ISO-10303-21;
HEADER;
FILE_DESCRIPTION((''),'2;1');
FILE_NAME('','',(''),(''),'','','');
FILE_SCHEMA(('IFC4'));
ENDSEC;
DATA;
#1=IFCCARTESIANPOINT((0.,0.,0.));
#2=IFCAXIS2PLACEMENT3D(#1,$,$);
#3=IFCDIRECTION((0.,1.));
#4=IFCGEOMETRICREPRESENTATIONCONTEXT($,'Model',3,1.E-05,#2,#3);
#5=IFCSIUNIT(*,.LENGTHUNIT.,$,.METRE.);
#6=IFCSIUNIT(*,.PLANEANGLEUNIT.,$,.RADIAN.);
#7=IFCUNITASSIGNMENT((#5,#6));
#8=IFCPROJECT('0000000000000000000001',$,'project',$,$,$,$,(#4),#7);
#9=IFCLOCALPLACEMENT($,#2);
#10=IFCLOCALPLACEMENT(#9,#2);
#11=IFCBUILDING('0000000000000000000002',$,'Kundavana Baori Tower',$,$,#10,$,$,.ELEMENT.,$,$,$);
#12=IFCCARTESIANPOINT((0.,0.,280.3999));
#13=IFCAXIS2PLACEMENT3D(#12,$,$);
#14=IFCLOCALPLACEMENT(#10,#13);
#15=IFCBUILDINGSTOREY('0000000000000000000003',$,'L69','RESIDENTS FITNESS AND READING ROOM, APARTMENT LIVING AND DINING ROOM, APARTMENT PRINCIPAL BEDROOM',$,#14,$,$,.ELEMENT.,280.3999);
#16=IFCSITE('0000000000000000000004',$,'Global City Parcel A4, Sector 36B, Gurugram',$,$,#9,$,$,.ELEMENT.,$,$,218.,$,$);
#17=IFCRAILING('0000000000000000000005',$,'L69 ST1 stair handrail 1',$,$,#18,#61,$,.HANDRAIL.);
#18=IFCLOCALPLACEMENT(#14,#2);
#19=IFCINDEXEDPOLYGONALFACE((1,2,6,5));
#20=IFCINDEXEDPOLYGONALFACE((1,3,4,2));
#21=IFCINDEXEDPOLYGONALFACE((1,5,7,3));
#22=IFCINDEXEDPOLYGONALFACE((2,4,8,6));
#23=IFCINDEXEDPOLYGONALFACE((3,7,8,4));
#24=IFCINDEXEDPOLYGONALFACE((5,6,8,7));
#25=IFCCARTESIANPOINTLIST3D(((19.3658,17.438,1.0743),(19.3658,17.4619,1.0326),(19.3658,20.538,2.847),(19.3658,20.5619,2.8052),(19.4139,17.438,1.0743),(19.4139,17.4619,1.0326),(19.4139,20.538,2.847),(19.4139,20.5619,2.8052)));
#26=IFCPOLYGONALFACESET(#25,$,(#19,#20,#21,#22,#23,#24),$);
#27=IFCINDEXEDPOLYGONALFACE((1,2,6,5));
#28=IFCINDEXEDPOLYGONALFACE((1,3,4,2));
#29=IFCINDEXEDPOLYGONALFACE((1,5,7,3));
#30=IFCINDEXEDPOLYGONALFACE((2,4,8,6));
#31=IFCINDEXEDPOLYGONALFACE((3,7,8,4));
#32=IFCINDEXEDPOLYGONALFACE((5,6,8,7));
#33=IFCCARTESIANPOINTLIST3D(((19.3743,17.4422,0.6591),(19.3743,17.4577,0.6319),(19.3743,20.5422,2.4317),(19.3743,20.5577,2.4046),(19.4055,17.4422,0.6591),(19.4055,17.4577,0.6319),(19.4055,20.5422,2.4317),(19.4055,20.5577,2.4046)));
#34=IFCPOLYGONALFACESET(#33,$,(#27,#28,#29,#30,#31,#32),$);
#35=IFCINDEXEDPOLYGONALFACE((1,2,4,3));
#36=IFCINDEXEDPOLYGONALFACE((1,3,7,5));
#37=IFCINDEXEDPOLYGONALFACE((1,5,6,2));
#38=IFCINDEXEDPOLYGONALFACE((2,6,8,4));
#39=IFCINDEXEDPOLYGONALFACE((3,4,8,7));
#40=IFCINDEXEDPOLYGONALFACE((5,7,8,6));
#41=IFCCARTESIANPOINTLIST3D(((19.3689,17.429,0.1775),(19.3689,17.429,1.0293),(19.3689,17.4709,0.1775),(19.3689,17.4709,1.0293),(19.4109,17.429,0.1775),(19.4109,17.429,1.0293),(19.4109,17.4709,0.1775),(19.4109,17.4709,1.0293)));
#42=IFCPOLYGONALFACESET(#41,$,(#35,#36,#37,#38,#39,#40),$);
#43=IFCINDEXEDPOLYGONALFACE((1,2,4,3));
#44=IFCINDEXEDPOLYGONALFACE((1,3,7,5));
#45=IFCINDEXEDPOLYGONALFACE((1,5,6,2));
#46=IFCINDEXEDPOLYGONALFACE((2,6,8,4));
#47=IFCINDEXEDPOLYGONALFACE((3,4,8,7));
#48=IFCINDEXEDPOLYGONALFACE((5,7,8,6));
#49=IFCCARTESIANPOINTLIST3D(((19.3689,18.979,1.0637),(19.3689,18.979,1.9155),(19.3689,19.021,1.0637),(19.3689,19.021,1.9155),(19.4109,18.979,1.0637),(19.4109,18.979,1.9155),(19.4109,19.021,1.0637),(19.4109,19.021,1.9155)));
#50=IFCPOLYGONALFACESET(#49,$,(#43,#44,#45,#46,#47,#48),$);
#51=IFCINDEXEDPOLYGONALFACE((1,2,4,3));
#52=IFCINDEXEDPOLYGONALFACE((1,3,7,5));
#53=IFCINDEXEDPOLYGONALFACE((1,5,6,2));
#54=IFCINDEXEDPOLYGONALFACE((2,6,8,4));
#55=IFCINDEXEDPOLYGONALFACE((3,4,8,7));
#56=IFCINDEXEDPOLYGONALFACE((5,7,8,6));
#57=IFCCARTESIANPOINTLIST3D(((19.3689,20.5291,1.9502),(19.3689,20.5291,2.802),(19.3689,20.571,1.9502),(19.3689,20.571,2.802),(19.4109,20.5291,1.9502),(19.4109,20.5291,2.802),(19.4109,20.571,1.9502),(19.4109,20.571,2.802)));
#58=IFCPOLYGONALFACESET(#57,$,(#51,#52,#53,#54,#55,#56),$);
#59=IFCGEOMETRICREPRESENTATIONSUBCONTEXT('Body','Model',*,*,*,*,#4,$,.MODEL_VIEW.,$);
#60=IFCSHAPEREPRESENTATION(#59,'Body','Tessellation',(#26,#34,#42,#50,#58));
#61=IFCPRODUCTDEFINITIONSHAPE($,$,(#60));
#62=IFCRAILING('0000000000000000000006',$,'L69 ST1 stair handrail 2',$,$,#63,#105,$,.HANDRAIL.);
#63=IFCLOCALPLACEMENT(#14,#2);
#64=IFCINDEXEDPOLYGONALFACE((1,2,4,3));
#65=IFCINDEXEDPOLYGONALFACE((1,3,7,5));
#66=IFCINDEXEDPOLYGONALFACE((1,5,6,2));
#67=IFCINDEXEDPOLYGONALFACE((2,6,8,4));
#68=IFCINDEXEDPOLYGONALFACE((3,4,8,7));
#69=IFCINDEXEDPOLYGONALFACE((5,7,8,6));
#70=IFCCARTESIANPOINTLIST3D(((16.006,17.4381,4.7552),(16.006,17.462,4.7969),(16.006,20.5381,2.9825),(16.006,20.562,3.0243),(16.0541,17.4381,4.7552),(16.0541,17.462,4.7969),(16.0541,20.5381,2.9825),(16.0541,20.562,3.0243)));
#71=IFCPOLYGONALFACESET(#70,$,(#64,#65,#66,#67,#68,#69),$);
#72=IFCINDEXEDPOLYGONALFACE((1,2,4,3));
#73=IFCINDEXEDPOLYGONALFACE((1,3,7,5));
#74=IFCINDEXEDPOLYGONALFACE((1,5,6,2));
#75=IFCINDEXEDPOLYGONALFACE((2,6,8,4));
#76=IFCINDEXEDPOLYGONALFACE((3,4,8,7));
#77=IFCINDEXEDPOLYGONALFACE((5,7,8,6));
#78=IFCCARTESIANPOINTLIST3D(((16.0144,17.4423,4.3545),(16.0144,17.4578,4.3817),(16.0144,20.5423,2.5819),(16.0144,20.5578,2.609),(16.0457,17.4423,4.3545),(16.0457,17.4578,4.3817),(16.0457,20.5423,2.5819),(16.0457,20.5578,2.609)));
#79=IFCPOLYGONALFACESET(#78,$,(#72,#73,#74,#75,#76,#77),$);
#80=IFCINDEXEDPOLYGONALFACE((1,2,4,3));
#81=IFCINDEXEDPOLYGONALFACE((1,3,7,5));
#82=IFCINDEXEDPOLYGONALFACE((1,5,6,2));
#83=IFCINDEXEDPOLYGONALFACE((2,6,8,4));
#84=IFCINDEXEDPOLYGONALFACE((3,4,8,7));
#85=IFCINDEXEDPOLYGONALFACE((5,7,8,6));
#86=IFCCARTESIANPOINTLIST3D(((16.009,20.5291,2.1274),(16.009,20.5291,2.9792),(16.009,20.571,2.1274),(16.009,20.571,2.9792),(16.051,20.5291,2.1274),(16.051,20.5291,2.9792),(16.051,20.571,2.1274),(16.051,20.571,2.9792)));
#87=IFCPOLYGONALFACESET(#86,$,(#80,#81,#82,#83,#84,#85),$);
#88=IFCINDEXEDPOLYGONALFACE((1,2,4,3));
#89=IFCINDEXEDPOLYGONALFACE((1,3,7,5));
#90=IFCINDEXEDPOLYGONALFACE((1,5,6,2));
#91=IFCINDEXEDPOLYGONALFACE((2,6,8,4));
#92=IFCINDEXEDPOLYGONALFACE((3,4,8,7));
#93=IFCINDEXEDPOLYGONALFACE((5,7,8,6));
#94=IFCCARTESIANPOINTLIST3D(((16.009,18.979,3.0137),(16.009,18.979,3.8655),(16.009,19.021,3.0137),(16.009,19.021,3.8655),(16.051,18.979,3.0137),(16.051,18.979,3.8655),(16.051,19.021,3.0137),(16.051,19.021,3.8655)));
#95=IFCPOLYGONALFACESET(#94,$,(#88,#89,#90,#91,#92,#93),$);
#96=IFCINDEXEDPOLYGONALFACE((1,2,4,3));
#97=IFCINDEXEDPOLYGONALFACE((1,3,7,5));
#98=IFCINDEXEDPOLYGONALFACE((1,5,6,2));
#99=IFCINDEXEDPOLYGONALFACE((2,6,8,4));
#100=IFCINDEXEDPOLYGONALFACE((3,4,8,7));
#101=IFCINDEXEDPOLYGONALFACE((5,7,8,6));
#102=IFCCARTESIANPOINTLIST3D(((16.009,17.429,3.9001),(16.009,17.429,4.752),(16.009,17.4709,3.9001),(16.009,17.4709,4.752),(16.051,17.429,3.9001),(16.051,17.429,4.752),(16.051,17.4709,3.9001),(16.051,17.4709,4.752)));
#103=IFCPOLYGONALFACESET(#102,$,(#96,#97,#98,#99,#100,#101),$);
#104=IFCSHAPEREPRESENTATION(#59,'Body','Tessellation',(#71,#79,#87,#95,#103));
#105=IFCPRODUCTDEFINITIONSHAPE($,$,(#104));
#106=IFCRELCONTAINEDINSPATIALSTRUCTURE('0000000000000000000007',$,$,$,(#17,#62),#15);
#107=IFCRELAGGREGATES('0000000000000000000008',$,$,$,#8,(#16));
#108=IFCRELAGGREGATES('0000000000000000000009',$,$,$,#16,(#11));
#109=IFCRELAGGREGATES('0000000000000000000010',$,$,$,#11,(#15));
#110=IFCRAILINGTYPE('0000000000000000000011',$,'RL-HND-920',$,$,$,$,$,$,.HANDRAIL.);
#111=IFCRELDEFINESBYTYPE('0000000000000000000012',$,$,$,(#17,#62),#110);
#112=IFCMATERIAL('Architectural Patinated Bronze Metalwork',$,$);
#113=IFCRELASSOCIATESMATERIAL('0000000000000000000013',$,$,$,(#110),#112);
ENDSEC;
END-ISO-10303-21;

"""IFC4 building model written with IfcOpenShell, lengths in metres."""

from ifc_helpers import new_model, si_unit, direction, frame, origin, origin_2d, place, context, subcontext, project, spatial, rectangle, extrude, material, type_object, element, save


model = new_model("IFC4")

# Units and contexts
model_context = context("Model", 3, precision=1e-05, world=origin(), true_north=direction((0.0, 1.0)))
body_context = subcontext(model_context, "Body", "Model", "MODEL_VIEW")
ifc_project = project(units=[si_unit("LENGTHUNIT", "METRE"), si_unit("PLANEANGLEUNIT", "RADIAN")], contexts=[model_context])

# Site, building, storey
site_placement = place(None, origin())
site = spatial("IfcSite", under=ifc_project, at=site_placement, Name="Global City Parcel A4, Sector 36B, Gurugram", CompositionType="ELEMENT", RefElevation=218.0)
building_placement = place(site_placement, origin())
building = spatial("IfcBuilding", under=site, at=building_placement, Name="Kundavana Baori Tower", CompositionType="ELEMENT")
storey_placement = place(building_placement, frame((0.0, 0.0, 280.3999)))
storey = spatial("IfcBuildingStorey", under=building, at=storey_placement, Name="L69", Description="RESIDENTS FITNESS AND READING ROOM, APARTMENT LIVING AND DINING ROOM, APARTMENT PRINCIPAL BEDROOM", CompositionType="ELEMENT", Elevation=280.3999)

# Railings
ifc_material_1 = material(Name="Architectural Patinated Bronze Metalwork")
railing_type_1 = type_object("IfcRailingType", Name="RL-HND-920", PredefinedType="HANDRAIL", material=ifc_material_1)
railing_1_placement = place(storey_placement, frame((19.3899, 17.45, 0.1775)))
element("IfcRailing", 1, at=railing_1_placement, inside=storey, type_object=railing_type_1, Name="L69 ST1 stair handrail 1", PredefinedType="HANDRAIL", context=body_context, shape_type="SweptSolid", body=[
    extrude(rectangle(XDim=0.0481, YDim=0.0481, at=origin_2d()), frame((0.0, 0.0, 0.876), z_axis=(0.0, 0.868096, 0.496397), x_axis=(-1.0, 0.0, 0.0)), (0.0, 0.0, 1.0), 3.571),
    extrude(rectangle(XDim=0.0312, YDim=0.0312, at=origin_2d()), frame((0.0, 0.0, 0.468), z_axis=(0.0, 0.868096, 0.496397), x_axis=(-1.0, 0.0, 0.0)), (0.0, 0.0, 1.0), 3.571),
    extrude(rectangle(XDim=0.042, YDim=0.042, at=origin_2d()), origin(), (0.0, 0.0, 1.0), 0.8518),
    extrude(rectangle(XDim=0.042, YDim=0.042, at=origin_2d()), frame((0.0, 1.55, 0.8862)), (0.0, 0.0, 1.0), 0.8518),
    extrude(rectangle(XDim=0.042, YDim=0.042, at=origin_2d()), frame((0.0, 3.1001, 1.7727)), (0.0, 0.0, 1.0), 0.8518),
])
railing_2_placement = place(storey_placement, frame((16.03, 20.55, 2.1274)))
element("IfcRailing", 2, at=railing_2_placement, inside=storey, type_object=railing_type_1, Name="L69 ST1 stair handrail 2", PredefinedType="HANDRAIL", context=body_context, shape_type="SweptSolid", body=[
    extrude(rectangle(XDim=0.0481, YDim=0.0481, at=origin_2d()), frame((0.0, 0.0, 0.876), z_axis=(0.0, -0.868096, 0.496397), x_axis=(1.0, 0.0, 0.0)), (0.0, 0.0, 1.0), 3.571),
    extrude(rectangle(XDim=0.0312, YDim=0.0312, at=origin_2d()), frame((0.0, 0.0, 0.468), z_axis=(0.0, -0.868096, 0.496397), x_axis=(1.0, 0.0, 0.0)), (0.0, 0.0, 1.0), 3.571),
    extrude(rectangle(XDim=0.042, YDim=0.042, at=origin_2d()), origin(), (0.0, 0.0, 1.0), 0.8518),
    extrude(rectangle(XDim=0.042, YDim=0.042, at=origin_2d()), frame((0.0, -1.55, 0.8862)), (0.0, 0.0, 1.0), 0.8518),
    extrude(rectangle(XDim=0.042, YDim=0.042, at=origin_2d()), frame((0.0, -3.1001, 1.7727)), (0.0, 0.0, 1.0), 0.8518),
])

save(model, "model.ifc")
